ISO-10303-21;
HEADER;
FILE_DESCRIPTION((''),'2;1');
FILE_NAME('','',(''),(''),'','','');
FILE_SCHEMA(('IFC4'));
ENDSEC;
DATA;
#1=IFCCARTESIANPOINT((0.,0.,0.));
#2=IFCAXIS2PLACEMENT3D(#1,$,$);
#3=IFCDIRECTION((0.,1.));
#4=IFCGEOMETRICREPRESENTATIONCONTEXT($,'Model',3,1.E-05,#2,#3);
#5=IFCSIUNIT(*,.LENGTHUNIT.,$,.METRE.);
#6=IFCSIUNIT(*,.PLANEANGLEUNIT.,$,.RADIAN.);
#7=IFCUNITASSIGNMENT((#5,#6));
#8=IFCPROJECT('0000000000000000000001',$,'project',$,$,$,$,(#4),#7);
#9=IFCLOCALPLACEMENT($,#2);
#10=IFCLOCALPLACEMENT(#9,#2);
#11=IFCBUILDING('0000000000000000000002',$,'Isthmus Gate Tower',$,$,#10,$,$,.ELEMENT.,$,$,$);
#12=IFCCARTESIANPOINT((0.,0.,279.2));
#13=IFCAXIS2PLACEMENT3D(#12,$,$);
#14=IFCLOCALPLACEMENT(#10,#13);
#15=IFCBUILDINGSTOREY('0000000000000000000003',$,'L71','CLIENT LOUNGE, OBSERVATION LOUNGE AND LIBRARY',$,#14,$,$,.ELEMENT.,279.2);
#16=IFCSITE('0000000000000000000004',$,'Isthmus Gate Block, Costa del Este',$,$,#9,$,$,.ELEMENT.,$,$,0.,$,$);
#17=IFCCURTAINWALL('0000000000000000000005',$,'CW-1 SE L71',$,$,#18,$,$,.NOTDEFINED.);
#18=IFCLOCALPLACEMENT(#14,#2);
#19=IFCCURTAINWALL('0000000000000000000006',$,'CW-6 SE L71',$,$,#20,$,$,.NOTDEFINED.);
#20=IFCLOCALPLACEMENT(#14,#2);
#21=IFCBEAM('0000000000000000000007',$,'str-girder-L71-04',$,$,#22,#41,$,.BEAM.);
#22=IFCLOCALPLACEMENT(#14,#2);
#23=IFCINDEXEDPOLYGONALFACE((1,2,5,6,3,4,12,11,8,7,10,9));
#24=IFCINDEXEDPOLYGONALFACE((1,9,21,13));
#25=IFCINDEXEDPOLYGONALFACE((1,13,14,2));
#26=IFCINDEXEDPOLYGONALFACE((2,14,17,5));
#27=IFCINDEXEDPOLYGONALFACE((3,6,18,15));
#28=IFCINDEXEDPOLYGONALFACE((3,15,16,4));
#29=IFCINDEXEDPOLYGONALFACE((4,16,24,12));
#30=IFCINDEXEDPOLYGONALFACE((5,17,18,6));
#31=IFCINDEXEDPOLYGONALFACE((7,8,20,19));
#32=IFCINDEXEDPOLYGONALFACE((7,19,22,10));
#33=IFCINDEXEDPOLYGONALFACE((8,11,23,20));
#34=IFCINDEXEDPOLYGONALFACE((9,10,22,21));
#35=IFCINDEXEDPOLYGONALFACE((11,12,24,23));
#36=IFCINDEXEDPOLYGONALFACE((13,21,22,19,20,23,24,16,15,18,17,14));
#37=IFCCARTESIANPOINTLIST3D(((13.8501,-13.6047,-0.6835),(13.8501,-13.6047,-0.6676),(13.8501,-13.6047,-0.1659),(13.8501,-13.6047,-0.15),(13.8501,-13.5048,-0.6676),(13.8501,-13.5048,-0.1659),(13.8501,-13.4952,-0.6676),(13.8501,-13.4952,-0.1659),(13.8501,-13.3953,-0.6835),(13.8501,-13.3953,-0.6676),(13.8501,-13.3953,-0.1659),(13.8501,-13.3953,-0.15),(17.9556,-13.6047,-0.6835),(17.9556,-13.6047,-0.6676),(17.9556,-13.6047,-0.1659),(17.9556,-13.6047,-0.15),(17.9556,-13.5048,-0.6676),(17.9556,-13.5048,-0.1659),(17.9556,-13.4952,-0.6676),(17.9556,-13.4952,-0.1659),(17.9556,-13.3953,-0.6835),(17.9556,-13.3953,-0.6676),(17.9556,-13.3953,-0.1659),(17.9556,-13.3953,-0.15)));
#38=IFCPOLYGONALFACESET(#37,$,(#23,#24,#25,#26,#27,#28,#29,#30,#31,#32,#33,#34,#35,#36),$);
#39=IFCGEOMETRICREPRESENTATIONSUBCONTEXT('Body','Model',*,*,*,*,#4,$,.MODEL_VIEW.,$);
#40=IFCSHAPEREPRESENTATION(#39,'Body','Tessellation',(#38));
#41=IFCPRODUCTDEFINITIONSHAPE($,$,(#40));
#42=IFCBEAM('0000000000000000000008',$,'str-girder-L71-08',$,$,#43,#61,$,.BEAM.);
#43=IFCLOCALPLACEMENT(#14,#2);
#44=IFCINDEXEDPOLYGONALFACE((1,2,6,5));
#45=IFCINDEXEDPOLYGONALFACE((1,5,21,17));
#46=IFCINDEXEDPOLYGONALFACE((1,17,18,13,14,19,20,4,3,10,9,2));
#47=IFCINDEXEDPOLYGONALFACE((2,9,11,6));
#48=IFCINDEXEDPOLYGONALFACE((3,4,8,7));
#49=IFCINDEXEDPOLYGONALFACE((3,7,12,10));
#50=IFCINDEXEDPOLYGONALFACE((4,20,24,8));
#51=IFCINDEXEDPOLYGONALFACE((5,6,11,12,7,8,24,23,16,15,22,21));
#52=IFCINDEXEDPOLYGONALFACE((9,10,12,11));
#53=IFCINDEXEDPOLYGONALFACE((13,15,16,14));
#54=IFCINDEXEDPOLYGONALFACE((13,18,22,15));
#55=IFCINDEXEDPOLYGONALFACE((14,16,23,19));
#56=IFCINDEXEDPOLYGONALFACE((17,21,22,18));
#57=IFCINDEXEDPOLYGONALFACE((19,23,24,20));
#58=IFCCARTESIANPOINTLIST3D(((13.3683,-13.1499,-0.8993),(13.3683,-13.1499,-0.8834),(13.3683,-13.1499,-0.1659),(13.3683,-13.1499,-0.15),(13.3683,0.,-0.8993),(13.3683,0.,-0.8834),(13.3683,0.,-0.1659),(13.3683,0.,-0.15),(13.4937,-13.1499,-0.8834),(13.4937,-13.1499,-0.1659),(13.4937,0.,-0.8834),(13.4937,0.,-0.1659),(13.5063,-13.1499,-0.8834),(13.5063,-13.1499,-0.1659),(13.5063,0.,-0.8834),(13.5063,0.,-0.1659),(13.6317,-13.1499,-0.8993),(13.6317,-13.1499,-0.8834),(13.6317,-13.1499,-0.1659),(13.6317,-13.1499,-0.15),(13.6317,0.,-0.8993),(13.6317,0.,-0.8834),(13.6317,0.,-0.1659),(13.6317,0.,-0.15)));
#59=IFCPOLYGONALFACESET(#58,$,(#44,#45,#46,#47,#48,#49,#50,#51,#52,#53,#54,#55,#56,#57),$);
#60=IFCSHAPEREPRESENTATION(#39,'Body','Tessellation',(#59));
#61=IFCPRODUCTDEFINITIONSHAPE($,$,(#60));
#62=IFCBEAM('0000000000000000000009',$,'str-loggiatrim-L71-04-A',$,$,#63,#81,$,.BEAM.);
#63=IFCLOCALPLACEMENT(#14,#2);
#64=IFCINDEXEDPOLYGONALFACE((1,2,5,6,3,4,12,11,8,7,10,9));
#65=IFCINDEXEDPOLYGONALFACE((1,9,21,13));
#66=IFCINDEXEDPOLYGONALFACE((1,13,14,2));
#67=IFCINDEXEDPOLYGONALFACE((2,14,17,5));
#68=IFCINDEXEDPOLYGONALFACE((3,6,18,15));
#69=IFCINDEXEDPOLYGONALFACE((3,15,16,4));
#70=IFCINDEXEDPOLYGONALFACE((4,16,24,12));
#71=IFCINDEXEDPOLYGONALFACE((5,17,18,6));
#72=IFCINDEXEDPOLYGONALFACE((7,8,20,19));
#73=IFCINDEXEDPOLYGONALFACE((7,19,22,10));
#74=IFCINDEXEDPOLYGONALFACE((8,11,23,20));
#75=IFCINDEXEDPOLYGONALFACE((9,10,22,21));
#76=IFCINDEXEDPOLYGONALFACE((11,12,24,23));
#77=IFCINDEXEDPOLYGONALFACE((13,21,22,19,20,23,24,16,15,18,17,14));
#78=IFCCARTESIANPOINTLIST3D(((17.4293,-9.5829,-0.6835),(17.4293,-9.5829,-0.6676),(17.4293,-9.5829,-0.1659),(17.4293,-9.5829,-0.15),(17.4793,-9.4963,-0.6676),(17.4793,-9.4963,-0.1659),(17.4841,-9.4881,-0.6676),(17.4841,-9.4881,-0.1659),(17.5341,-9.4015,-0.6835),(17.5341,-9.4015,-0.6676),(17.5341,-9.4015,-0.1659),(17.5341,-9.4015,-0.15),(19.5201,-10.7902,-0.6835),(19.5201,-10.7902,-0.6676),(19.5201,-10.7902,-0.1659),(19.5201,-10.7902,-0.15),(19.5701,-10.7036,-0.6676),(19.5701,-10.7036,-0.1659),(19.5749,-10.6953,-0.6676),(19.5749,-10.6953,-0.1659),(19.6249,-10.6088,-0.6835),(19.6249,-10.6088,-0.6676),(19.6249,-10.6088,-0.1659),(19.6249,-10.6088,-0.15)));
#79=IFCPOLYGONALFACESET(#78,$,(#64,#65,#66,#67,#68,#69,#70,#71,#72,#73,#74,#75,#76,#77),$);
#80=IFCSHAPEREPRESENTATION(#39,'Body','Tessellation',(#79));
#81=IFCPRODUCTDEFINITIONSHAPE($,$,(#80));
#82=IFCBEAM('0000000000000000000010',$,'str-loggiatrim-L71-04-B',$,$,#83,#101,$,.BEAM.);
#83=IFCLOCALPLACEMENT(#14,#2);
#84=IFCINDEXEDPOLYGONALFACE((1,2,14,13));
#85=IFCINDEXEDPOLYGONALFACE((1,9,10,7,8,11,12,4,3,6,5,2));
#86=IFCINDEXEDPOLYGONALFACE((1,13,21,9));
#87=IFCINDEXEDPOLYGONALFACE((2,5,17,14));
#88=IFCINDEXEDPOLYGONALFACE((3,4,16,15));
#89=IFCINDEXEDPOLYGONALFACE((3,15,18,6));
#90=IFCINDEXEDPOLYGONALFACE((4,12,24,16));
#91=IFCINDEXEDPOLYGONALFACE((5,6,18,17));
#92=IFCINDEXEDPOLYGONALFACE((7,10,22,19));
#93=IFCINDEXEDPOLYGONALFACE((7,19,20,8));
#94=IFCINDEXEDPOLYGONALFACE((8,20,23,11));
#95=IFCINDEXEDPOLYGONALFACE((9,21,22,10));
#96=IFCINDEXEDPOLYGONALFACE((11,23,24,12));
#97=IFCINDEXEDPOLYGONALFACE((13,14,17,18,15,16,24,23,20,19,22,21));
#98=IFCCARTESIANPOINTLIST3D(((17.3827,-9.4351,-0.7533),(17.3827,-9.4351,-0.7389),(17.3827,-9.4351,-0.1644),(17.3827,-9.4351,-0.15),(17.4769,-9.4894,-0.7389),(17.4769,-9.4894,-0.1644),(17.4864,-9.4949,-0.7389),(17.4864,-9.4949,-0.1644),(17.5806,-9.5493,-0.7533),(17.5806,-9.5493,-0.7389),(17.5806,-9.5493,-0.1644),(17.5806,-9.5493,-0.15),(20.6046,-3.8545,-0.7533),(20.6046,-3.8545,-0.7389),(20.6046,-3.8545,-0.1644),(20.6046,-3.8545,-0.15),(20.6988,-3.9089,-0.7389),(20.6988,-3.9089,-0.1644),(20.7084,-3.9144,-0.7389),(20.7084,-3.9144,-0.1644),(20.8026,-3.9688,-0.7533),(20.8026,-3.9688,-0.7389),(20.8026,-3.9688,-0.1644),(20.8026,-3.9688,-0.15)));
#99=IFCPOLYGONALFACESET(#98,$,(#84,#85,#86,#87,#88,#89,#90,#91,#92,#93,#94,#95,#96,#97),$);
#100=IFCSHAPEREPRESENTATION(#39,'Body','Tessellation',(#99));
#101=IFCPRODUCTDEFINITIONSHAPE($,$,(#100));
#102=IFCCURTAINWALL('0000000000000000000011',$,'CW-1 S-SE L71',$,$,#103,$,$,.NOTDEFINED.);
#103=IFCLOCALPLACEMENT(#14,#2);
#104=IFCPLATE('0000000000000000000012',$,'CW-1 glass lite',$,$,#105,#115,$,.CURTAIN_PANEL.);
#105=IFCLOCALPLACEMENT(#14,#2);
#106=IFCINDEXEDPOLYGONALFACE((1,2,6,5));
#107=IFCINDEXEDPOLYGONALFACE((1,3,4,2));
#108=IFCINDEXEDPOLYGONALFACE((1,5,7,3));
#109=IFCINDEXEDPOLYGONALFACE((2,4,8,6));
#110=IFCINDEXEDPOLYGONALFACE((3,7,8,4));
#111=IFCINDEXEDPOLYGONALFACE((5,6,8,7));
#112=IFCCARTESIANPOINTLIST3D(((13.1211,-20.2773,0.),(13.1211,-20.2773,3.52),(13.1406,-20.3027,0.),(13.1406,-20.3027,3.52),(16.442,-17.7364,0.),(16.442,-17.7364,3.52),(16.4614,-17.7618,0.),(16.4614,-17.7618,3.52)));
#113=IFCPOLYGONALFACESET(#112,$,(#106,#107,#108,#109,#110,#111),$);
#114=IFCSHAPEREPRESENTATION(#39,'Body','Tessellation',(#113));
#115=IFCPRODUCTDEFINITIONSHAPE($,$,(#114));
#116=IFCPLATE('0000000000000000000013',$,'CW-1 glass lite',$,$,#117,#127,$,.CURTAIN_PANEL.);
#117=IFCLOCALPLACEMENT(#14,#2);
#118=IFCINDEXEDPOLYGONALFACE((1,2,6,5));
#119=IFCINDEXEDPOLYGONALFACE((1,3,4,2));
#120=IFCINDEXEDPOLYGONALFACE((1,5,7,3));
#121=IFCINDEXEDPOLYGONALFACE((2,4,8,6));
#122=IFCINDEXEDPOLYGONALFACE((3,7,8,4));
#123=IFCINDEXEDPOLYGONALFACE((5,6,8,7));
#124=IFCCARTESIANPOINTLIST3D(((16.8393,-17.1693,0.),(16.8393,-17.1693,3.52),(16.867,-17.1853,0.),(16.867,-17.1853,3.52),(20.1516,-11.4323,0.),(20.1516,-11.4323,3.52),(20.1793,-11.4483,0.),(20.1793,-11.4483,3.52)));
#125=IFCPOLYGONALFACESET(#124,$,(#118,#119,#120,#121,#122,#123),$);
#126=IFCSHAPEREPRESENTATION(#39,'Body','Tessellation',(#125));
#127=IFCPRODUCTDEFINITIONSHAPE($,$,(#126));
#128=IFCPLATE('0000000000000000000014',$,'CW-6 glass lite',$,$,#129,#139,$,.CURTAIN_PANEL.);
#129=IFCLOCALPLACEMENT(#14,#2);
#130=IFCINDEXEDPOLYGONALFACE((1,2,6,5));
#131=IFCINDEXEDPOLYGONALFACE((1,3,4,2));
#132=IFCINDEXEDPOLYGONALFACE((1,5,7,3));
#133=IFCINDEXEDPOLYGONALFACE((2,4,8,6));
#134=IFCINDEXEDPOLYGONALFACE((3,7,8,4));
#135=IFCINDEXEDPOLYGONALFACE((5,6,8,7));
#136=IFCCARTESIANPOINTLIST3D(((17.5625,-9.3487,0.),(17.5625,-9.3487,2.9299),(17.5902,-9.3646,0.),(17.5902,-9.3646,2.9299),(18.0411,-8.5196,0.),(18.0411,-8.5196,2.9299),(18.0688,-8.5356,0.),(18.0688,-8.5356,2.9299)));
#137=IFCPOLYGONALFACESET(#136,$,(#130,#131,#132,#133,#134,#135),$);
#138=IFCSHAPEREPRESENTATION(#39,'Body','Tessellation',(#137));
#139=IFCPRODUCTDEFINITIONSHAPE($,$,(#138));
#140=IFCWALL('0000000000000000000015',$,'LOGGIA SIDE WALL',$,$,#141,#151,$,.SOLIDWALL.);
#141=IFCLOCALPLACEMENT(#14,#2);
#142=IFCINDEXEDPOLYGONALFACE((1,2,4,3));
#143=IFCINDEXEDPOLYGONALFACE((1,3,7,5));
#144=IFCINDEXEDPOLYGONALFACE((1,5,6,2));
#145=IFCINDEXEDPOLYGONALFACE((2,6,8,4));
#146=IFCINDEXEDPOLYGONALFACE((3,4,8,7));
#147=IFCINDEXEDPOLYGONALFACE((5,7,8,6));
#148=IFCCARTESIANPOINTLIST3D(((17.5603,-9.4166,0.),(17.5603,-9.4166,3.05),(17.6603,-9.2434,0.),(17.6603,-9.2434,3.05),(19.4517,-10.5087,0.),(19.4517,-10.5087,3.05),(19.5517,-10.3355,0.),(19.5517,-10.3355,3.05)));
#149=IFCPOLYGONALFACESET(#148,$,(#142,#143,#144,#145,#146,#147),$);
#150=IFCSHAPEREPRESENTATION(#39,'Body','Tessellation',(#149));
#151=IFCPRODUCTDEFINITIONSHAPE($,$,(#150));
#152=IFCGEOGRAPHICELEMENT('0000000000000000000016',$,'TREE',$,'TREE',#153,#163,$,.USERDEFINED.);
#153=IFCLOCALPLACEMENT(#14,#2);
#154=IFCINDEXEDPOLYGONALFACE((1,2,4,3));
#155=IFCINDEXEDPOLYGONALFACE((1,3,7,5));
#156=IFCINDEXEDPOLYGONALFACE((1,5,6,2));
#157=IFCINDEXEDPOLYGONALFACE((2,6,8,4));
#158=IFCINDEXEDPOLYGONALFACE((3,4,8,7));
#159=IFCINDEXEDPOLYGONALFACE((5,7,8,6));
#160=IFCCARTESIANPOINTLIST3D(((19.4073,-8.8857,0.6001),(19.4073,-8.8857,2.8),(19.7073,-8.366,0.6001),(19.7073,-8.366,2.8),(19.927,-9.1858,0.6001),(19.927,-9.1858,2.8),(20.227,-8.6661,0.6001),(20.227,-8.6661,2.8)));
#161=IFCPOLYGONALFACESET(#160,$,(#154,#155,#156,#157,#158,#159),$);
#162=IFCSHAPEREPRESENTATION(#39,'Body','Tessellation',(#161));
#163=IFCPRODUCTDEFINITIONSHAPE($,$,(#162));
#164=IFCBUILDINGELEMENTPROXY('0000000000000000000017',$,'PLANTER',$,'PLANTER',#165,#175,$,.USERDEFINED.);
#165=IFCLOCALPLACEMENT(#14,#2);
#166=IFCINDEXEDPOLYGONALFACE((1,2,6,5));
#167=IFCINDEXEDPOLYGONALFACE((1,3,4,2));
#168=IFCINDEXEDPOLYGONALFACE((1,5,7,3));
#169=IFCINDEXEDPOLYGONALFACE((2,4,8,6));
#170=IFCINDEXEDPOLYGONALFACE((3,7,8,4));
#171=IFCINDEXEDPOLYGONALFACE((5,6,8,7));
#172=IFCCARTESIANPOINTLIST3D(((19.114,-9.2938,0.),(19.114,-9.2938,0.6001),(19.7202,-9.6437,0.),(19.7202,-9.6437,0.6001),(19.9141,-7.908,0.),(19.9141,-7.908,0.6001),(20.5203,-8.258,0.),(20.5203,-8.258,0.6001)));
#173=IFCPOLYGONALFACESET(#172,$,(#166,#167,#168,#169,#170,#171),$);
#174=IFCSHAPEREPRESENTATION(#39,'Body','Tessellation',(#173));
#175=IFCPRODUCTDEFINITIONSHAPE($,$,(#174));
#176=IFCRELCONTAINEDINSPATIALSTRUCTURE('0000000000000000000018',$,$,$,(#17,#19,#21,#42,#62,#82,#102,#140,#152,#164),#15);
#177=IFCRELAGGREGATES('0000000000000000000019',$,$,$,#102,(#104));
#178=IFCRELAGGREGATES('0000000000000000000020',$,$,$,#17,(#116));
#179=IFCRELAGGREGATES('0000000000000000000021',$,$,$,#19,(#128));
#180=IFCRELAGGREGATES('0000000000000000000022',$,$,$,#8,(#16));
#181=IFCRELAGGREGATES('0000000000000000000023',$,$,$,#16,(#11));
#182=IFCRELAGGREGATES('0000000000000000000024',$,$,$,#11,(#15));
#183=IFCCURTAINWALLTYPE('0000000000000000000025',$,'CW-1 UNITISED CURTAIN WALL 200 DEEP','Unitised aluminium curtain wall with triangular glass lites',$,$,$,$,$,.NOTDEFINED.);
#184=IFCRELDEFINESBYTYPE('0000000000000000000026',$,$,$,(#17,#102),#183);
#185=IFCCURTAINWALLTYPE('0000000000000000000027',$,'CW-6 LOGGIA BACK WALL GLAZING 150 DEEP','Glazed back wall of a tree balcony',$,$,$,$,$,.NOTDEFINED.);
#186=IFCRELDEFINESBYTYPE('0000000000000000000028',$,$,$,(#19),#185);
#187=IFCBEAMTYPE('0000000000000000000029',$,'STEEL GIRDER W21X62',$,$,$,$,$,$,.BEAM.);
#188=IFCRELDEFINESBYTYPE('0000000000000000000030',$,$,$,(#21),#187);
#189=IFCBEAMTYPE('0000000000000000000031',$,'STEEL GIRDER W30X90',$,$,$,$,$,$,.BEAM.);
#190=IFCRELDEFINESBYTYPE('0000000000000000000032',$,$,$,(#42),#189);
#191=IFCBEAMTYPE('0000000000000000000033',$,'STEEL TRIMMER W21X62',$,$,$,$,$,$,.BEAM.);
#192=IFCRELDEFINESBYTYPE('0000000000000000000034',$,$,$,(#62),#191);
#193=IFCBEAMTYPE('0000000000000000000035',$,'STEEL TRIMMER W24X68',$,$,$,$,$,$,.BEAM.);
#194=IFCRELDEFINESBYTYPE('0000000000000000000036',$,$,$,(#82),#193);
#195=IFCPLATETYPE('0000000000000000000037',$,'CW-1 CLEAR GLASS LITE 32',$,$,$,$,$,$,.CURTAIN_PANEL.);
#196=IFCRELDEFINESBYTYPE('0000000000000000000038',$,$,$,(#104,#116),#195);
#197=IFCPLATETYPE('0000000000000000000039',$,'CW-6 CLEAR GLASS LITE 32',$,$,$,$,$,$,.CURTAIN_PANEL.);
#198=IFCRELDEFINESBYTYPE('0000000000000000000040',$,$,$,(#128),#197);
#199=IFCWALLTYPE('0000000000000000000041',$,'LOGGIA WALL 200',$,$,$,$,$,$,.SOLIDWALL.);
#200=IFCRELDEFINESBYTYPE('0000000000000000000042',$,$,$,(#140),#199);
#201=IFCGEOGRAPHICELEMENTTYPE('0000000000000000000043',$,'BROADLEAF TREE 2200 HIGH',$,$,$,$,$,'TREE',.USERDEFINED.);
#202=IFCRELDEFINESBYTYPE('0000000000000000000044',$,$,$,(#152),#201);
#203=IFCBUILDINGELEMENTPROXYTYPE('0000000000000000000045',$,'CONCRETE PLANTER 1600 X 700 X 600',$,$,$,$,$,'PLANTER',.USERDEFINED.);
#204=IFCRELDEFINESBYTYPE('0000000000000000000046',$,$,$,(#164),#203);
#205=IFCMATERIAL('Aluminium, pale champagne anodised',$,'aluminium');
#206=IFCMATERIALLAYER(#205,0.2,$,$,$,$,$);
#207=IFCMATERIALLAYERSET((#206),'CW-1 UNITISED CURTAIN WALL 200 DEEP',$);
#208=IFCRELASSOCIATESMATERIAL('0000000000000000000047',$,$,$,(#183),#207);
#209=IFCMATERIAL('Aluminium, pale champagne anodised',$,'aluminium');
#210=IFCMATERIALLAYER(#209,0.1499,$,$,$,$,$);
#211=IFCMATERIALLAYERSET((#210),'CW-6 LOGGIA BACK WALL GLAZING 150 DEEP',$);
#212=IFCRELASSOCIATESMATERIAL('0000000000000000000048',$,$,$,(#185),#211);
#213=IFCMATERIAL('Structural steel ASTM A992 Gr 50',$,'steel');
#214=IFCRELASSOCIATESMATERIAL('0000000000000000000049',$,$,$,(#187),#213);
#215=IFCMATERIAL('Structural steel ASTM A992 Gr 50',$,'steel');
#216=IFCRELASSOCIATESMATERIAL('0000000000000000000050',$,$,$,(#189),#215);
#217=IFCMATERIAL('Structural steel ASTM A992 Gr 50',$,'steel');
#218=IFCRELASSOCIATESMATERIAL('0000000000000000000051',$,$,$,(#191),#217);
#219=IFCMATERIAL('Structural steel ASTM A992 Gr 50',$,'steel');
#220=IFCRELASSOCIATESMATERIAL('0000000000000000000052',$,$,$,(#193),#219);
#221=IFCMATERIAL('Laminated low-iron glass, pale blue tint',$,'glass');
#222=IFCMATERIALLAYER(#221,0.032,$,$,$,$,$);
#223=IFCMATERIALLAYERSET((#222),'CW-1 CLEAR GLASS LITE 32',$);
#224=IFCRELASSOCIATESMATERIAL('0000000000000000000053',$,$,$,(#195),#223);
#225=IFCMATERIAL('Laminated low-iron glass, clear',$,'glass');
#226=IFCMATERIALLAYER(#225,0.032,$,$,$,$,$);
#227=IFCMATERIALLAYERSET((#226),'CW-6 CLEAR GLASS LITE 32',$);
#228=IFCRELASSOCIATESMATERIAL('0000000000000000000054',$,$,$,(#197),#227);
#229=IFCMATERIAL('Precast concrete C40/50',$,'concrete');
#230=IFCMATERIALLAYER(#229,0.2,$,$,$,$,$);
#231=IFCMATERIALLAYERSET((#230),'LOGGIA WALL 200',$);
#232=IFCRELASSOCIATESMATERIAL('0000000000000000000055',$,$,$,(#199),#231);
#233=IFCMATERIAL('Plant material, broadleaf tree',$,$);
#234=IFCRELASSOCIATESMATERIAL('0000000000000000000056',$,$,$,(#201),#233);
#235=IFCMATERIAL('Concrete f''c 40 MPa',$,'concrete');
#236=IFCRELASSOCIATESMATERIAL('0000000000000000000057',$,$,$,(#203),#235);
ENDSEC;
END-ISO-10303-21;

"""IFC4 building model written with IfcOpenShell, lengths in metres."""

from ifc_helpers import new_model, si_unit, direction, frame, frame_2d, origin, origin_2d, place, context, subcontext, project, spatial, rectangle, i_section, extrude, material, layer, layer_set, material_profile, profile_set, type_object, element, aggregate, save


model = new_model("IFC4")

# Units and contexts
model_context = context("Model", 3, precision=1e-05, world=origin(), true_north=direction((0.0, 1.0)))
body_context = subcontext(model_context, "Body", "Model", "MODEL_VIEW")
ifc_project = project(units=[si_unit("LENGTHUNIT", "METRE"), si_unit("PLANEANGLEUNIT", "RADIAN")], contexts=[model_context])

# Site, building, storey
site_placement = place(None, origin())
site = spatial("IfcSite", under=ifc_project, at=site_placement, Name="Isthmus Gate Block, Costa del Este", CompositionType="ELEMENT", RefElevation=0.0)
building_placement = place(site_placement, origin())
building = spatial("IfcBuilding", under=site, at=building_placement, Name="Isthmus Gate Tower", CompositionType="ELEMENT")
storey_placement = place(building_placement, frame((0.0, 0.0, 279.2)))
storey = spatial("IfcBuildingStorey", under=building, at=storey_placement, Name="L71", Description="CLIENT LOUNGE, OBSERVATION LOUNGE AND LIBRARY", CompositionType="ELEMENT", Elevation=279.2)

# Curtain walls
ifc_material_1 = material(Name="Aluminium, pale champagne anodised", Category="aluminium")
ifc_layer_1 = layer(ifc_material_1, 0.2)
ifc_layer_set_1 = layer_set([ifc_layer_1], Name="CW-1 UNITISED CURTAIN WALL 200 DEEP")
curtain_wall_type_1 = type_object("IfcCurtainWallType", Name="CW-1 UNITISED CURTAIN WALL 200 DEEP", Description="Unitised aluminium curtain wall with triangular glass lites", PredefinedType="NOTDEFINED", material=ifc_layer_set_1)
curtain_wall_1_placement = place(storey_placement, origin())
curtain_wall_1 = element("IfcCurtainWall", 1, at=curtain_wall_1_placement, inside=storey, type_object=curtain_wall_type_1, Name="CW-1 SE L71", PredefinedType="NOTDEFINED")
ifc_material_2 = material(Name="Aluminium, pale champagne anodised", Category="aluminium")
ifc_layer_2 = layer(ifc_material_2, 0.1499)
ifc_layer_set_2 = layer_set([ifc_layer_2], Name="CW-6 LOGGIA BACK WALL GLAZING 150 DEEP")
curtain_wall_type_2 = type_object("IfcCurtainWallType", Name="CW-6 LOGGIA BACK WALL GLAZING 150 DEEP", Description="Glazed back wall of a tree balcony", PredefinedType="NOTDEFINED", material=ifc_layer_set_2)
curtain_wall_2_placement = place(storey_placement, origin())
curtain_wall_2 = element("IfcCurtainWall", 2, at=curtain_wall_2_placement, inside=storey, type_object=curtain_wall_type_2, Name="CW-6 SE L71", PredefinedType="NOTDEFINED")

# Beams
ifc_material_3 = material(Name="Structural steel ASTM A992 Gr 50", Category="steel")
ifc_material_profile_1 = material_profile(ifc_material_3, i_section(OverallWidth=0.2095, OverallDepth=0.5334, WebThickness=0.0095, FlangeThickness=0.0159, at=origin_2d()), Name="W21X62")
ifc_profile_set_1 = profile_set([ifc_material_profile_1], Name="Structural steel ASTM A992 Gr 50")
beam_type_1 = type_object("IfcBeamType", Name="STEEL GIRDER W21X62", PredefinedType="BEAM", material=ifc_profile_set_1)
beam_1_placement = place(storey_placement, frame((13.8501, -13.5, -0.4167), z_axis=(1.0, 0.0, 0.0), x_axis=(0.0, 1.0, 0.0)))
element("IfcBeam", 3, at=beam_1_placement, inside=storey, type_object=beam_type_1, Name="str-girder-L71-04", PredefinedType="BEAM", context=body_context, shape_type="SweptSolid", body=[
    extrude(i_section(OverallWidth=0.2095, OverallDepth=0.5334, WebThickness=0.0095, FlangeThickness=0.0159, at=origin_2d()), origin(), (0.0, 0.0, 1.0), 4.1055),
])
ifc_material_4 = material(Name="Structural steel ASTM A992 Gr 50", Category="steel")
ifc_material_profile_2 = material_profile(ifc_material_4, i_section(OverallWidth=0.2634, OverallDepth=0.7493, WebThickness=0.0127, FlangeThickness=0.0159, at=origin_2d()), Name="W30X90")
ifc_profile_set_2 = profile_set([ifc_material_profile_2], Name="Structural steel ASTM A992 Gr 50")
beam_type_2 = type_object("IfcBeamType", Name="STEEL GIRDER W30X90", PredefinedType="BEAM", material=ifc_profile_set_2)
beam_2_placement = place(storey_placement, frame((13.5, -13.1499, -0.5247), z_axis=(0.0, 1.0, 0.0), x_axis=(-1.0, 0.0, 0.0)))
element("IfcBeam", 4, at=beam_2_placement, inside=storey, type_object=beam_type_2, Name="str-girder-L71-08", PredefinedType="BEAM", context=body_context, shape_type="SweptSolid", body=[
    extrude(i_section(OverallWidth=0.2634, OverallDepth=0.7493, WebThickness=0.0127, FlangeThickness=0.0159, at=origin_2d()), origin(), (0.0, 0.0, 1.0), 13.1499),
])
ifc_material_5 = material(Name="Structural steel ASTM A992 Gr 50", Category="steel")
ifc_material_profile_3 = material_profile(ifc_material_5, i_section(OverallWidth=0.2095, OverallDepth=0.5334, WebThickness=0.0095, FlangeThickness=0.0159, at=origin_2d()), Name="W21X62")
ifc_profile_set_3 = profile_set([ifc_material_profile_3], Name="Structural steel ASTM A992 Gr 50")
beam_type_3 = type_object("IfcBeamType", Name="STEEL TRIMMER W21X62", PredefinedType="BEAM", material=ifc_profile_set_3)
beam_3_placement = place(storey_placement, frame((19.5725, -10.6995, -0.4167), z_axis=(-0.866, 0.500043, 0.0), x_axis=(-0.500043, -0.866, 0.0)))
element("IfcBeam", 5, at=beam_3_placement, inside=storey, type_object=beam_type_3, Name="str-loggiatrim-L71-04-A", PredefinedType="BEAM", context=body_context, shape_type="SweptSolid", body=[
    extrude(i_section(OverallWidth=0.2095, OverallDepth=0.5334, WebThickness=0.0095, FlangeThickness=0.0159, at=origin_2d()), origin(), (0.0, 0.0, 1.0), 2.4143),
])
ifc_material_6 = material(Name="Structural steel ASTM A992 Gr 50", Category="steel")
ifc_material_profile_4 = material_profile(ifc_material_6, i_section(OverallWidth=0.2285, OverallDepth=0.6033, WebThickness=0.011, FlangeThickness=0.0144, at=origin_2d()), Name="W24X68")
ifc_profile_set_4 = profile_set([ifc_material_profile_4], Name="Structural steel ASTM A992 Gr 50")
beam_type_4 = type_object("IfcBeamType", Name="STEEL TRIMMER W24X68", PredefinedType="BEAM", material=ifc_profile_set_4)
beam_4_placement = place(storey_placement, frame((17.4817, -9.4922, -0.4517), z_axis=(0.499998, 0.866027, 0.0), x_axis=(-0.866027, 0.499998, 0.0)))
element("IfcBeam", 6, at=beam_4_placement, inside=storey, type_object=beam_type_4, Name="str-loggiatrim-L71-04-B", PredefinedType="BEAM", context=body_context, shape_type="SweptSolid", body=[
    extrude(i_section(OverallWidth=0.2285, OverallDepth=0.6033, WebThickness=0.011, FlangeThickness=0.0144, at=origin_2d()), origin(), (0.0, 0.0, 1.0), 6.4438),
])

# Curtain wall, plate
curtain_wall_3_placement = place(storey_placement, origin())
curtain_wall_3 = element("IfcCurtainWall", 7, at=curtain_wall_3_placement, inside=storey, type_object=curtain_wall_type_1, Name="CW-1 S-SE L71", PredefinedType="NOTDEFINED")
ifc_material_7 = material(Name="Laminated low-iron glass, pale blue tint", Category="glass")
ifc_layer_3 = layer(ifc_material_7, 0.032)
ifc_layer_set_3 = layer_set([ifc_layer_3], Name="CW-1 CLEAR GLASS LITE 32")
plate_type_1 = type_object("IfcPlateType", Name="CW-1 CLEAR GLASS LITE 32", PredefinedType="CURTAIN_PANEL", material=ifc_layer_set_3)
plate_1_placement = place(storey_placement, frame((14.7913, -19.0195, 0.0), z_axis=(0.0, 0.0, 1.0), x_axis=(0.794189, 0.607671, 0.0)))
plate_1 = element("IfcPlate", 8, at=plate_1_placement, type_object=plate_type_1, Name="CW-1 glass lite", PredefinedType="CURTAIN_PANEL", context=body_context, shape_type="SweptSolid", body=[
    extrude(rectangle(XDim=4.1814, YDim=0.032, at=origin_2d()), origin(), (0.0, 0.0, 1.0), 3.52),
])
aggregate(curtain_wall_3, [plate_1])

# Plates
plate_2_placement = place(storey_placement, frame((18.5093, -14.3088, 0.0), z_axis=(0.0, 0.0, 1.0), x_axis=(0.5, 0.866025, 0.0)))
plate_2 = element("IfcPlate", 9, at=plate_2_placement, type_object=plate_type_1, Name="CW-1 glass lite", PredefinedType="CURTAIN_PANEL", context=body_context, shape_type="SweptSolid", body=[
    extrude(rectangle(XDim=6.6245, YDim=0.032, at=origin_2d()), origin(), (0.0, 0.0, 1.0), 3.52),
])
aggregate(curtain_wall_1, [plate_2])
ifc_material_8 = material(Name="Laminated low-iron glass, clear", Category="glass")
ifc_layer_4 = layer(ifc_material_8, 0.032)
ifc_layer_set_4 = layer_set([ifc_layer_4], Name="CW-6 CLEAR GLASS LITE 32")
plate_type_2 = type_object("IfcPlateType", Name="CW-6 CLEAR GLASS LITE 32", PredefinedType="CURTAIN_PANEL", material=ifc_layer_set_4)
plate_3_placement = place(storey_placement, frame((17.8157, -8.9421, 0.0), z_axis=(0.0, 0.0, 1.0), x_axis=(0.5, 0.866025, 0.0)))
plate_3 = element("IfcPlate", 10, at=plate_3_placement, type_object=plate_type_2, Name="CW-6 glass lite", PredefinedType="CURTAIN_PANEL", context=body_context, shape_type="SweptSolid", body=[
    extrude(rectangle(XDim=0.9573, YDim=0.032, at=origin_2d()), origin(), (0.0, 0.0, 1.0), 2.9299),
])
aggregate(curtain_wall_2, [plate_3])

# Shared definitions
ifc_material_9 = material(Name="Precast concrete C40/50", Category="concrete")
ifc_layer_5 = layer(ifc_material_9, 0.2)
ifc_layer_set_5 = layer_set([ifc_layer_5], Name="LOGGIA WALL 200")
wall_type = type_object("IfcWallType", Name="LOGGIA WALL 200", PredefinedType="SOLIDWALL", material=ifc_layer_set_5)

# Wall
wall_1_placement = place(storey_placement, frame((19.5017, -10.4221, 0.0), z_axis=(0.0, 0.0, 1.0), x_axis=(-0.866012, 0.500022, 0.0)))
element("IfcWall", 11, at=wall_1_placement, inside=storey, type_object=wall_type, Name="LOGGIA SIDE WALL", PredefinedType="SOLIDWALL", context=body_context, shape_type="SweptSolid", body=[
    extrude(rectangle(XDim=2.1841, YDim=0.2, at=frame_2d((1.092, 0.0))), origin(), (0.0, 0.0, 1.0), 3.05),
])

# Geographic element
ifc_material_10 = material(Name="Plant material, broadleaf tree")
geographic_element_type = type_object("IfcGeographicElementType", Name="BROADLEAF TREE 2200 HIGH", ElementType="TREE", PredefinedType="USERDEFINED", material=ifc_material_10)
geographic_element_placement = place(storey_placement, frame((19.8171, -8.7759, 0.6001), z_axis=(0.0, 0.0, 1.0), x_axis=(0.5, 0.866025, 0.0)))
element("IfcGeographicElement", 12, at=geographic_element_placement, inside=storey, type_object=geographic_element_type, Name="TREE", ObjectType="TREE", PredefinedType="USERDEFINED", context=body_context, shape_type="SweptSolid", body=[
    extrude(rectangle(XDim=0.6001, YDim=0.6001, at=origin_2d()), origin(), (0.0, 0.0, 1.0), 2.2),
])

# Building element proxy
ifc_material_11 = material(Name="Concrete f'c 40 MPa", Category="concrete")
building_element_proxy_type = type_object("IfcBuildingElementProxyType", Name="CONCRETE PLANTER 1600 X 700 X 600", ElementType="PLANTER", PredefinedType="USERDEFINED", material=ifc_material_11)
proxy_placement = place(storey_placement, frame((19.8171, -8.7759, 0.0), z_axis=(0.0, 0.0, 1.0), x_axis=(0.5, 0.866025, 0.0)))
element("IfcBuildingElementProxy", 13, at=proxy_placement, inside=storey, type_object=building_element_proxy_type, Name="PLANTER", ObjectType="PLANTER", PredefinedType="USERDEFINED", context=body_context, shape_type="SweptSolid", body=[
    extrude(rectangle(XDim=1.6001, YDim=0.7, at=origin_2d()), origin(), (0.0, 0.0, 1.0), 0.6001),
])

save(model, "model.ifc")
